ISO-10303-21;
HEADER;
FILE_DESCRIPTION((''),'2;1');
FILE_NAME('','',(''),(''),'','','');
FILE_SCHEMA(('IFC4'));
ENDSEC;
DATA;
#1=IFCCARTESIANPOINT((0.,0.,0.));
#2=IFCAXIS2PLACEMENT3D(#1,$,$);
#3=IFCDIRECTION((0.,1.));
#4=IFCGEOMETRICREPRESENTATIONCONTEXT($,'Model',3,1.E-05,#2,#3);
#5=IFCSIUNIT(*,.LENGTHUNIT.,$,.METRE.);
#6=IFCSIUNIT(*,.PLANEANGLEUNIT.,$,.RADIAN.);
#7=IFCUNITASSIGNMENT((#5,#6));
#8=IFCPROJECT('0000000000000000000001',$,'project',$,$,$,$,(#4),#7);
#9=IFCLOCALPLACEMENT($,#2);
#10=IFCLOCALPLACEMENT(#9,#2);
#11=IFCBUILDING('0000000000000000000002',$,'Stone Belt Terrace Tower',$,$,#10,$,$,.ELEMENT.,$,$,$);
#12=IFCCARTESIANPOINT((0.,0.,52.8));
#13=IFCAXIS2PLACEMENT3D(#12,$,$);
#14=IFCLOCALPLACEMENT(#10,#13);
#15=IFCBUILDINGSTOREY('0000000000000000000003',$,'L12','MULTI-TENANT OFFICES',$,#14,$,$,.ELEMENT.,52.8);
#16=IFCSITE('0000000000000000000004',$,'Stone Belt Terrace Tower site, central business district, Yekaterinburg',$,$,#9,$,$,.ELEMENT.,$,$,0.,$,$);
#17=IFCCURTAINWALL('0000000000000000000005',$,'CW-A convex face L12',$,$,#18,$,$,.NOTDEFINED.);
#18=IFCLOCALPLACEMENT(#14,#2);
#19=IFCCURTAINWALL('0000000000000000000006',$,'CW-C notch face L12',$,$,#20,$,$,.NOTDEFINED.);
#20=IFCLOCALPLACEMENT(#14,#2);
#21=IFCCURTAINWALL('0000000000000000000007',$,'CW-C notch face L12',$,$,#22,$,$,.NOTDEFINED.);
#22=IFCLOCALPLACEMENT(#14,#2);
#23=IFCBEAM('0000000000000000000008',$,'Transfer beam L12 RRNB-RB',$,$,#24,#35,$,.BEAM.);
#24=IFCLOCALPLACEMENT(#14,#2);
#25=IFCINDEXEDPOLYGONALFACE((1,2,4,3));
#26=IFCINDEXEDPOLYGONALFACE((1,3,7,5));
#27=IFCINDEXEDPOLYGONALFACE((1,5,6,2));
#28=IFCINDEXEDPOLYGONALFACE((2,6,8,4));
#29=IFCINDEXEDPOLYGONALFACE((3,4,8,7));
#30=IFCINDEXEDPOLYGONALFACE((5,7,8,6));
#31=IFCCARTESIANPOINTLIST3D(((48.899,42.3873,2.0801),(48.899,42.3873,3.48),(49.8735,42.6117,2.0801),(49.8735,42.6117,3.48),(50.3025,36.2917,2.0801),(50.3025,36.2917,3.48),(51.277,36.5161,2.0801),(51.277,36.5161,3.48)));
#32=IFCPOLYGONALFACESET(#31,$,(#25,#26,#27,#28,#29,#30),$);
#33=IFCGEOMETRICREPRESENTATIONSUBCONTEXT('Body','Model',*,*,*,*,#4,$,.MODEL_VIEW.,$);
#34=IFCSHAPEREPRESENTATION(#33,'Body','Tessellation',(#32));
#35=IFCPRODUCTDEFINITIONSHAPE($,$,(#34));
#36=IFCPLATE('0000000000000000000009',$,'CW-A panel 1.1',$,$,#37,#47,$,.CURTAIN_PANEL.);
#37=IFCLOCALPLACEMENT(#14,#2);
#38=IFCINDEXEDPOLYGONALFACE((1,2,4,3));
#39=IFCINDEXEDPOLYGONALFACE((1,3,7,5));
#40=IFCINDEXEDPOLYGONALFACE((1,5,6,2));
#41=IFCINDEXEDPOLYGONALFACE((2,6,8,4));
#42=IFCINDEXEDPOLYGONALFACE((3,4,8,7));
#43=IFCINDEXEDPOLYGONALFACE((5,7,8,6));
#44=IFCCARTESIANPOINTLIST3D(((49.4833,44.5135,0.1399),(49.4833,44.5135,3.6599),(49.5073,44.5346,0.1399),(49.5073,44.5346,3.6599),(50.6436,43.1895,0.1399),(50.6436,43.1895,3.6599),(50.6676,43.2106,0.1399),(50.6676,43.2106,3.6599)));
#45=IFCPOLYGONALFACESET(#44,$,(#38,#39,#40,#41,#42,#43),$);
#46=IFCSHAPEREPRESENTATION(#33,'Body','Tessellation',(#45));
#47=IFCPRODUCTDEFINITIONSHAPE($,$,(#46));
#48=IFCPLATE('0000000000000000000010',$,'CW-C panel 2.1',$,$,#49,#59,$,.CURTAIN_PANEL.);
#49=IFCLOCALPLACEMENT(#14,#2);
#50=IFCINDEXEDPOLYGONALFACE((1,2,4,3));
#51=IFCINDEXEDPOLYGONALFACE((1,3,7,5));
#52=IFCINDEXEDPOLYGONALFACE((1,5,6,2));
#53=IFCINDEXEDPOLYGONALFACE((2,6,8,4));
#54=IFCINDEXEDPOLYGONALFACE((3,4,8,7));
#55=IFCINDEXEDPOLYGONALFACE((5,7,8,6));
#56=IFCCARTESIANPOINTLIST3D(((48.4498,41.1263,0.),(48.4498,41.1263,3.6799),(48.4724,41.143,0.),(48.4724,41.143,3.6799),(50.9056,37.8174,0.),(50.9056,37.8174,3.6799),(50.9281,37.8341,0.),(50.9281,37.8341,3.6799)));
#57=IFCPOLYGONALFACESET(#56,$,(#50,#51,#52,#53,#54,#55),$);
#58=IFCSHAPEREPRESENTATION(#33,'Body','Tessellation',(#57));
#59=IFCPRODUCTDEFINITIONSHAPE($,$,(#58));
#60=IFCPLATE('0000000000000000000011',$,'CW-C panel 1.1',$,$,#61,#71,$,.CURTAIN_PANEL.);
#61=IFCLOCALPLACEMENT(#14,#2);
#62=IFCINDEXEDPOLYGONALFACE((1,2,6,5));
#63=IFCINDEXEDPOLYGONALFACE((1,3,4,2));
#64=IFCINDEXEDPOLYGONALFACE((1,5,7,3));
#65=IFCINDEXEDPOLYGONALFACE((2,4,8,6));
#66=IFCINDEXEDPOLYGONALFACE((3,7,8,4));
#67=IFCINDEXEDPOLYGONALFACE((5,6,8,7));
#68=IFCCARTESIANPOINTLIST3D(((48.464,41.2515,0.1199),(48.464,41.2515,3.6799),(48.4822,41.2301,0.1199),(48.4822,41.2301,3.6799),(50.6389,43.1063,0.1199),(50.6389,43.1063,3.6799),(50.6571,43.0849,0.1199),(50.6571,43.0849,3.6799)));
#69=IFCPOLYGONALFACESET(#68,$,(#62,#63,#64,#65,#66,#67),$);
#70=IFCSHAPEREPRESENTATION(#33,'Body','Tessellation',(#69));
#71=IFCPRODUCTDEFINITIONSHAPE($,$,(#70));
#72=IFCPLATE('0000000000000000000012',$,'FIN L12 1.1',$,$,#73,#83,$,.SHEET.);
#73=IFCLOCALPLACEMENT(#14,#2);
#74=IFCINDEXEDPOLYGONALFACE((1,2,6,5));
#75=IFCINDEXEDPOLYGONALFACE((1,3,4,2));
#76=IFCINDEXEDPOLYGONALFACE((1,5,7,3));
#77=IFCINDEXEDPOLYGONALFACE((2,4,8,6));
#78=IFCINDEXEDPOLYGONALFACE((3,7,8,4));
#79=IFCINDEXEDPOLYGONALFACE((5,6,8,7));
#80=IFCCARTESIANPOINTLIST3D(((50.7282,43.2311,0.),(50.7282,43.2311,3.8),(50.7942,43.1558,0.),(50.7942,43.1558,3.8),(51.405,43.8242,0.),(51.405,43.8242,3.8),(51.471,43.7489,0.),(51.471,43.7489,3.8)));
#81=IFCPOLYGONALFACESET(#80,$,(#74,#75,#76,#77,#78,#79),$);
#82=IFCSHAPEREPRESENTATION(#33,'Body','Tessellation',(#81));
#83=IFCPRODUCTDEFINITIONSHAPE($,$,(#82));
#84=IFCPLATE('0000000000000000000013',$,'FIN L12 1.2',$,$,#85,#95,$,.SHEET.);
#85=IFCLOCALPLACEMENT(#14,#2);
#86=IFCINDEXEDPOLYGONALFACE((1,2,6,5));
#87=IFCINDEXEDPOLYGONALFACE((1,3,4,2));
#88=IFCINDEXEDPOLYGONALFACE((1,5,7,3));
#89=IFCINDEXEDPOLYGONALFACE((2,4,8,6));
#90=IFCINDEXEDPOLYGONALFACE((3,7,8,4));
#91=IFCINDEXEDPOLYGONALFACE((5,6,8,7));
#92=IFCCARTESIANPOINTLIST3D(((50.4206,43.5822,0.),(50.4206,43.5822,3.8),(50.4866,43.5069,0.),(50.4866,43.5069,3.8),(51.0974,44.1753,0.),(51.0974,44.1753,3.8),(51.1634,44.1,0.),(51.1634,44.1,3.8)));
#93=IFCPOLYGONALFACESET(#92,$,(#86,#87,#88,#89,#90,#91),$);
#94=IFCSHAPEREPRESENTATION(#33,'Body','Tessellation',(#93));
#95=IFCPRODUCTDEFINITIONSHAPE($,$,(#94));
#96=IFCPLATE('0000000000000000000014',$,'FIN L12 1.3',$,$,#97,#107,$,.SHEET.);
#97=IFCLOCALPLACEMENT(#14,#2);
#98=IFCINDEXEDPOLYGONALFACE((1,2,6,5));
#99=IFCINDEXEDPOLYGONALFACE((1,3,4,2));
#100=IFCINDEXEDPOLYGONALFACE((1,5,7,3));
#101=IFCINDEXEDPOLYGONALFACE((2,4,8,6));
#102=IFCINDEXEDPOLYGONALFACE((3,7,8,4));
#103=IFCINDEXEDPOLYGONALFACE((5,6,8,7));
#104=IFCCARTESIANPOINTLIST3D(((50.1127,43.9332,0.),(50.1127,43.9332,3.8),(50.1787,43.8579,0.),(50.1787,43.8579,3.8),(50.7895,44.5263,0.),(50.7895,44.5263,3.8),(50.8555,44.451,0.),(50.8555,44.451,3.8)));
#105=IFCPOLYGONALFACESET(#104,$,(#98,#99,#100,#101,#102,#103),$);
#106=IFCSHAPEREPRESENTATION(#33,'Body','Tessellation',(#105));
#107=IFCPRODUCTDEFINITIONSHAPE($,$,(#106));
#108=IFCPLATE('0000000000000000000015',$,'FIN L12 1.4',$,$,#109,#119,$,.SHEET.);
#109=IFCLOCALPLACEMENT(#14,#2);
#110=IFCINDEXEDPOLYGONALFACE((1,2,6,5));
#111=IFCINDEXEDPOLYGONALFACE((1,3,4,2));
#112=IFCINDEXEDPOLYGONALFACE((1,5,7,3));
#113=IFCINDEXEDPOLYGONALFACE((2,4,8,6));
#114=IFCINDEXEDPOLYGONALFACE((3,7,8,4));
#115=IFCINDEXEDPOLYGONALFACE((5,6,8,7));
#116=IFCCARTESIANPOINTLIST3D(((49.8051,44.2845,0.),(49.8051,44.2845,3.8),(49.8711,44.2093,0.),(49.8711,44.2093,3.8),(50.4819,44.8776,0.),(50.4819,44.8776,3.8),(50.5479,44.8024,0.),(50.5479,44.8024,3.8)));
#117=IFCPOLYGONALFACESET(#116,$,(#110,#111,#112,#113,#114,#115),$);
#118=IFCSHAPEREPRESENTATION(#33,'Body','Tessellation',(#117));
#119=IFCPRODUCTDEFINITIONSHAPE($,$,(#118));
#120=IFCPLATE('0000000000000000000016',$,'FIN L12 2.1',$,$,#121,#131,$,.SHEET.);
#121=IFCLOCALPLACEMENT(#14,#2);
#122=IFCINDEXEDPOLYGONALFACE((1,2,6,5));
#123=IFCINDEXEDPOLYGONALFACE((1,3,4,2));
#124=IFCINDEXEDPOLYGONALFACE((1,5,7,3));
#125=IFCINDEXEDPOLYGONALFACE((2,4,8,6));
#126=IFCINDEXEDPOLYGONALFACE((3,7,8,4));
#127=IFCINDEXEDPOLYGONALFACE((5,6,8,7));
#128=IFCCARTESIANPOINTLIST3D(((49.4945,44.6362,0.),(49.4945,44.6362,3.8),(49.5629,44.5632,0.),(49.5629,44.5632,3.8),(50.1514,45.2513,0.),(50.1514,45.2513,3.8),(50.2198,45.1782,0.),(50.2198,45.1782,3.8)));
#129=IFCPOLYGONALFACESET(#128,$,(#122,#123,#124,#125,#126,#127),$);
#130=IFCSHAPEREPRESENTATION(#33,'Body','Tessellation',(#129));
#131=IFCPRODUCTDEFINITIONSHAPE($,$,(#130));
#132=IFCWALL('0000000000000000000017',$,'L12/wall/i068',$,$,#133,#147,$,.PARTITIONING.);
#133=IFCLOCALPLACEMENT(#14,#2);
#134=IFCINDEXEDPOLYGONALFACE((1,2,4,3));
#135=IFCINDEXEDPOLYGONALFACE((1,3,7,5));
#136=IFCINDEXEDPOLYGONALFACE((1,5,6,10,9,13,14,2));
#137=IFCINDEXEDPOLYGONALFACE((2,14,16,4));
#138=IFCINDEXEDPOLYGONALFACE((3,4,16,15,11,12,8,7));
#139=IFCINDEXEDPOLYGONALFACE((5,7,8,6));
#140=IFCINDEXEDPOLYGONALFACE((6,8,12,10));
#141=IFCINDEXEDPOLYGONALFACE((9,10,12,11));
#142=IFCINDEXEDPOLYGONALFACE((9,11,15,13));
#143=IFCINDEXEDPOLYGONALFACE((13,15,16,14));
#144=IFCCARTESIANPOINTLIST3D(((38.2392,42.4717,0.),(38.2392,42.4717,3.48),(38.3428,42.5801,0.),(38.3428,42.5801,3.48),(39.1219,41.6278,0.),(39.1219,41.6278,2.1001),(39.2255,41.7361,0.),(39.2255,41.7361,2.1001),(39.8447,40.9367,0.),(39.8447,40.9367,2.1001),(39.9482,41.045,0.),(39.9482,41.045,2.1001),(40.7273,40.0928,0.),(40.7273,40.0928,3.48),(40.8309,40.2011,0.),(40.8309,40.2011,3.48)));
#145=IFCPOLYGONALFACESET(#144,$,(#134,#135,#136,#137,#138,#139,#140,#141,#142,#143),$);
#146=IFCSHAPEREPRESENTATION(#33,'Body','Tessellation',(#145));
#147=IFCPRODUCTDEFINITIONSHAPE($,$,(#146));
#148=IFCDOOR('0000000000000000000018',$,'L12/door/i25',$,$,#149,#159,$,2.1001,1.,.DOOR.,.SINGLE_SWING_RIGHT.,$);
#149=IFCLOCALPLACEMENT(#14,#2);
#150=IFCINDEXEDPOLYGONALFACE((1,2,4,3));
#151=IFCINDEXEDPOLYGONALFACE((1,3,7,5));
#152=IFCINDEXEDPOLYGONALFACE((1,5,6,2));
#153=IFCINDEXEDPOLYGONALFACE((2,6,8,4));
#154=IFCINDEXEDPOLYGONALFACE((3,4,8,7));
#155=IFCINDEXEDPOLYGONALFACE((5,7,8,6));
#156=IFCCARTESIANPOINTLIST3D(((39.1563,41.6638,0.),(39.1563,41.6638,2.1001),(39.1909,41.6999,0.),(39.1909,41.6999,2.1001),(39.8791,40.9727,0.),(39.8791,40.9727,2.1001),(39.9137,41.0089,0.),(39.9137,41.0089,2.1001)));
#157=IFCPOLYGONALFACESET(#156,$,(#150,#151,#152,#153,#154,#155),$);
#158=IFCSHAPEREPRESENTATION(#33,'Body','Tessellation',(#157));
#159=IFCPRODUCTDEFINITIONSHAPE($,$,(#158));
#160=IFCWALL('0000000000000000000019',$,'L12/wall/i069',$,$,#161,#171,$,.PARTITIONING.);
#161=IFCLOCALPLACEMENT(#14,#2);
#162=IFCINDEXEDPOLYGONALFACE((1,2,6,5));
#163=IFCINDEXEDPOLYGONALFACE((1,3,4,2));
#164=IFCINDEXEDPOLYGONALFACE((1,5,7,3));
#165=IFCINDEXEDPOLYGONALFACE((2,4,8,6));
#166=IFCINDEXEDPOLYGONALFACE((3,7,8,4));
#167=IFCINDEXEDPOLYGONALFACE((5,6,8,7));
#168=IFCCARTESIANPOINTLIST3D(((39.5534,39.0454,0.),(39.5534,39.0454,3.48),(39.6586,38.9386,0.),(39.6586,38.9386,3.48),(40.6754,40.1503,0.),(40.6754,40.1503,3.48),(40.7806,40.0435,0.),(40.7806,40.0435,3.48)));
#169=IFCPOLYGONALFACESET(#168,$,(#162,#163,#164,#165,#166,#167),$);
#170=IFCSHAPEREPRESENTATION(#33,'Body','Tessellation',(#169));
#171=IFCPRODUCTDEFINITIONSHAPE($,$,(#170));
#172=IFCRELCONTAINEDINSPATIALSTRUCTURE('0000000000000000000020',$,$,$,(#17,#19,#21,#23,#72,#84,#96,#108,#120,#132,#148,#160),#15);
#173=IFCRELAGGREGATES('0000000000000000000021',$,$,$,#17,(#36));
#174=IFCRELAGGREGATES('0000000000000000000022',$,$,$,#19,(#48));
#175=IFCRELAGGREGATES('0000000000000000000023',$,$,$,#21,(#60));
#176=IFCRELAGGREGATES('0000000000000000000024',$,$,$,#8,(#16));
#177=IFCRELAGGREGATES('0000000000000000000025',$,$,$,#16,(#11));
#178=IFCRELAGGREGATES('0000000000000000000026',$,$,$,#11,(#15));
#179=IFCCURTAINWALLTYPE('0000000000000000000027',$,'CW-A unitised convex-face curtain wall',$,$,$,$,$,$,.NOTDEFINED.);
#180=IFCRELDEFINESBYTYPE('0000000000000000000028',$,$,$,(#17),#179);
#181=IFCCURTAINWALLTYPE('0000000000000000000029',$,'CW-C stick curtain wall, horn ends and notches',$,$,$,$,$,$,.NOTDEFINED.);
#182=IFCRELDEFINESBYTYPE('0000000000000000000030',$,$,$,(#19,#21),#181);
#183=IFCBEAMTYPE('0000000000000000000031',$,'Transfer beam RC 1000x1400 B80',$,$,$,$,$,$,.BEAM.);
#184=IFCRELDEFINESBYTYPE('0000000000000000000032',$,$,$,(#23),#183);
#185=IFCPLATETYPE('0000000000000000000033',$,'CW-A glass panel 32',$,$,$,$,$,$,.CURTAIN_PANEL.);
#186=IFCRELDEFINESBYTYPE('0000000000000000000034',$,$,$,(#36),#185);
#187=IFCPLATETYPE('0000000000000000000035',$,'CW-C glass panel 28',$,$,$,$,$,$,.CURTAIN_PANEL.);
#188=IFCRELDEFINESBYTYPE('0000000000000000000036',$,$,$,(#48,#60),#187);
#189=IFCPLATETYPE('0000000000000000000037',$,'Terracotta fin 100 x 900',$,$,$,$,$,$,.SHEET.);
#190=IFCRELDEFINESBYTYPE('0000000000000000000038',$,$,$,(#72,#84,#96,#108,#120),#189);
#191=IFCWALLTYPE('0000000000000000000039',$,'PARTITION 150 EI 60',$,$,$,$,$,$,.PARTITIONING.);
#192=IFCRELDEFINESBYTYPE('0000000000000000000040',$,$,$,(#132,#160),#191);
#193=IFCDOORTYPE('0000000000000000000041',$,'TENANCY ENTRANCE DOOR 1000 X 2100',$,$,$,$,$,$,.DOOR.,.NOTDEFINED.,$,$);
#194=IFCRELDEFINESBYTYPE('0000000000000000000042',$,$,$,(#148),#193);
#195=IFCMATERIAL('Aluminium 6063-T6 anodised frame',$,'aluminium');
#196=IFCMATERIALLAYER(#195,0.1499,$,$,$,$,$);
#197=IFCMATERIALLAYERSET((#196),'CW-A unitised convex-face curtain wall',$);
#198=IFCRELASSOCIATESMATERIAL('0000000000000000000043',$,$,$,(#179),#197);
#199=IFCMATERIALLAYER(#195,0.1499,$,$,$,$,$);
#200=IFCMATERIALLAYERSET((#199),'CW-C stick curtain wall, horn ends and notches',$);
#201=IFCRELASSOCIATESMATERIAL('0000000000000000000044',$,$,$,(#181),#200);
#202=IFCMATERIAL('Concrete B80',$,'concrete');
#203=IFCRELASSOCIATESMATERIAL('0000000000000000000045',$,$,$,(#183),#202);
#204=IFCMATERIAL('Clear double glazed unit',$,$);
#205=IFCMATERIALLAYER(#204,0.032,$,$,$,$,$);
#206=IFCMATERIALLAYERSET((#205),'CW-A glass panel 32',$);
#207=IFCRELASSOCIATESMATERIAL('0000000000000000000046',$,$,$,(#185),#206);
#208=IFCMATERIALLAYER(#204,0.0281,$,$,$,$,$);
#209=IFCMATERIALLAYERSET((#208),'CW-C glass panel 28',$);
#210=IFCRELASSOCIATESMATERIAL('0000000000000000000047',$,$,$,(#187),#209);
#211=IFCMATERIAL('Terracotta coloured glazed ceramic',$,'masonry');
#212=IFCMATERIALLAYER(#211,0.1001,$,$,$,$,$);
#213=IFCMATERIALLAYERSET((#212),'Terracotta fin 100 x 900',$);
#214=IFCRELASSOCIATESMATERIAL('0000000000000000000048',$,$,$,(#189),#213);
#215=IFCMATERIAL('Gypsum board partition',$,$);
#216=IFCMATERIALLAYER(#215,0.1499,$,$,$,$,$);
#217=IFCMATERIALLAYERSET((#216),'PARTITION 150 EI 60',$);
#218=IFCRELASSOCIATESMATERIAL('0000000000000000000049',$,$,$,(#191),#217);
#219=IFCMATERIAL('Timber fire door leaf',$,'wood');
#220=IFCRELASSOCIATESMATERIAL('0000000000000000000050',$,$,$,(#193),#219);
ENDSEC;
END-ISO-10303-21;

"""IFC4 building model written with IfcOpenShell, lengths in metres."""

from ifc_helpers import new_model, si_unit, direction, frame, frame_2d, origin, origin_2d, place, context, subcontext, project, spatial, rectangle, extrude, material, layer, layer_set, material_profile, profile_set, type_object, element, fill, aggregate, save


model = new_model("IFC4")

# Units and contexts
model_context = context("Model", 3, precision=1e-05, world=origin(), true_north=direction((0.0, 1.0)))
body_context = subcontext(model_context, "Body", "Model", "MODEL_VIEW")
ifc_project = project(units=[si_unit("LENGTHUNIT", "METRE"), si_unit("PLANEANGLEUNIT", "RADIAN")], contexts=[model_context])

# Site, building, storey
site_placement = place(None, origin())
site = spatial("IfcSite", under=ifc_project, at=site_placement, Name="Stone Belt Terrace Tower site, central business district, Yekaterinburg", CompositionType="ELEMENT", RefElevation=0.0)
building_placement = place(site_placement, origin())
building = spatial("IfcBuilding", under=site, at=building_placement, Name="Stone Belt Terrace Tower", CompositionType="ELEMENT")
storey_placement = place(building_placement, frame((0.0, 0.0, 52.8)))
storey = spatial("IfcBuildingStorey", under=building, at=storey_placement, Name="L12", Description="MULTI-TENANT OFFICES", CompositionType="ELEMENT", Elevation=52.8)

# Shared definitions
ifc_material_1 = material(Name="Concrete B80", Category="concrete")

# Curtain wall
ifc_material_2 = material(Name="Aluminium 6063-T6 anodised frame", Category="aluminium")
ifc_layer_1 = layer(ifc_material_2, 0.1499)
ifc_layer_set_1 = layer_set([ifc_layer_1], Name="CW-A unitised convex-face curtain wall")
curtain_wall_type_1 = type_object("IfcCurtainWallType", Name="CW-A unitised convex-face curtain wall", PredefinedType="NOTDEFINED", material=ifc_layer_set_1)
curtain_wall_1_placement = place(storey_placement, origin())
curtain_wall_1 = element("IfcCurtainWall", 1, at=curtain_wall_1_placement, inside=storey, type_object=curtain_wall_type_1, Name="CW-A convex face L12", PredefinedType="NOTDEFINED")

# Curtain walls
ifc_layer_2 = layer(ifc_material_2, 0.1499)
ifc_layer_set_2 = layer_set([ifc_layer_2], Name="CW-C stick curtain wall, horn ends and notches")
curtain_wall_type_2 = type_object("IfcCurtainWallType", Name="CW-C stick curtain wall, horn ends and notches", PredefinedType="NOTDEFINED", material=ifc_layer_set_2)
curtain_wall_2_placement = place(storey_placement, origin())
curtain_wall_2 = element("IfcCurtainWall", 2, at=curtain_wall_2_placement, inside=storey, type_object=curtain_wall_type_2, Name="CW-C notch face L12", PredefinedType="NOTDEFINED")
curtain_wall_3_placement = place(storey_placement, origin())
curtain_wall_3 = element("IfcCurtainWall", 3, at=curtain_wall_3_placement, inside=storey, type_object=curtain_wall_type_2, Name="CW-C notch face L12", PredefinedType="NOTDEFINED")

# Beam
ifc_material_profile_1 = material_profile(ifc_material_1, rectangle(XDim=1.0, YDim=1.3999, at=origin_2d()), Name="RC 1000x1400")
ifc_profile_set_1 = profile_set([ifc_material_profile_1], Name="Concrete B80")
beam_type = type_object("IfcBeamType", Name="Transfer beam RC 1000x1400 B80", PredefinedType="BEAM", material=ifc_profile_set_1)
beam_placement = place(storey_placement, frame((49.3862, 42.4995, 2.78), z_axis=(0.224383, -0.974501, 0.0), x_axis=(0.974501, 0.224383, 0.0)))
element("IfcBeam", 4, at=beam_placement, inside=storey, type_object=beam_type, Name="Transfer beam L12 RRNB-RB", PredefinedType="BEAM", context=body_context, shape_type="SweptSolid", body=[
    extrude(rectangle(XDim=1.0, YDim=1.3999, at=origin_2d()), origin(), (0.0, 0.0, 1.0), 6.2551),
])

# Plates
ifc_material_3 = material(Name="Clear double glazed unit")
ifc_layer_3 = layer(ifc_material_3, 0.032)
ifc_layer_set_3 = layer_set([ifc_layer_3], Name="CW-A glass panel 32")
plate_type_1 = type_object("IfcPlateType", Name="CW-A glass panel 32", PredefinedType="CURTAIN_PANEL", material=ifc_layer_set_3)
plate_1_placement = place(storey_placement, frame((50.0754, 43.8621, 0.1399), z_axis=(0.0, 0.0, 1.0), x_axis=(-0.659074, 0.752078, 0.0)))
plate_1 = element("IfcPlate", 5, at=plate_1_placement, type_object=plate_type_1, Name="CW-A panel 1.1", PredefinedType="CURTAIN_PANEL", context=body_context, shape_type="SweptSolid", body=[
    extrude(rectangle(XDim=1.7605, YDim=0.032, at=origin_2d()), origin(), (0.0, 0.0, 1.0), 3.52),
])
aggregate(curtain_wall_1, [plate_1])
ifc_layer_4 = layer(ifc_material_3, 0.0281)
ifc_layer_set_4 = layer_set([ifc_layer_4], Name="CW-C glass panel 28")
plate_type_2 = type_object("IfcPlateType", Name="CW-C glass panel 28", PredefinedType="CURTAIN_PANEL", material=ifc_layer_set_4)
plate_2_placement = place(storey_placement, frame((49.689, 39.4802, 0.0), z_axis=(0.0, 0.0, 1.0), x_axis=(-0.595964, 0.803011, 0.0)))
plate_2 = element("IfcPlate", 6, at=plate_2_placement, type_object=plate_type_2, Name="CW-C panel 2.1", PredefinedType="CURTAIN_PANEL", context=body_context, shape_type="SweptSolid", body=[
    extrude(rectangle(XDim=4.1206, YDim=0.0281, at=origin_2d()), origin(), (0.0, 0.0, 1.0), 3.6799),
])
aggregate(curtain_wall_2, [plate_2])
plate_3_placement = place(storey_placement, frame((49.5605, 42.1682, 0.1199), z_axis=(0.0, 0.0, 1.0), x_axis=(0.760876, 0.648898, 0.0)))
plate_3 = element("IfcPlate", 7, at=plate_3_placement, type_object=plate_type_2, Name="CW-C panel 1.1", PredefinedType="CURTAIN_PANEL", context=body_context, shape_type="SweptSolid", body=[
    extrude(rectangle(XDim=2.8584, YDim=0.0281, at=origin_2d()), origin(), (0.0, 0.0, 1.0), 3.5601),
])
aggregate(curtain_wall_3, [plate_3])

# Plates
ifc_material_4 = material(Name="Terracotta coloured glazed ceramic", Category="masonry")
ifc_layer_5 = layer(ifc_material_4, 0.1001)
ifc_layer_set_5 = layer_set([ifc_layer_5], Name="Terracotta fin 100 x 900")
plate_type_3 = type_object("IfcPlateType", Name="Terracotta fin 100 x 900", PredefinedType="SHEET", material=ifc_layer_set_5)
for number, where, z_axis, x_axis, name in (
    (8, (51.0996, 43.49, 0.0), (0.0, 0.0, 1.0), (0.752078, 0.659074, 0.0), "FIN L12 1.1"),
    (9, (50.792, 43.8411, 0.0), (0.0, 0.0, 1.0), (0.752078, 0.659074, 0.0), "FIN L12 1.2"),
    (10, (50.4841, 44.1921, 0.0), (0.0, 0.0, 1.0), (0.752078, 0.659074, 0.0), "FIN L12 1.3"),
    (11, (50.1765, 44.5435, 0.0), (0.0, 0.0, 1.0), (0.752078, 0.659074, 0.0), "FIN L12 1.4"),
    (12, (49.8572, 44.9072, 0.0), (0.0, 0.0, 1.0), (0.729988, 0.68346, 0.0), "FIN L12 2.1"),
):
    element("IfcPlate", number, at=place(storey_placement, frame(where, z_axis=z_axis, x_axis=x_axis)), inside=storey, type_object=plate_type_3, Name=name, PredefinedType="SHEET", context=body_context, shape_type="SweptSolid", body=[
        extrude(rectangle(XDim=0.8999, YDim=0.1001, at=origin_2d()), origin(), (0.0, 0.0, 1.0), 3.8),
    ])

# Wall, opening, door
ifc_material_5 = material(Name="Gypsum board partition")
ifc_layer_6 = layer(ifc_material_5, 0.1499)
ifc_layer_set_6 = layer_set([ifc_layer_6], Name="PARTITION 150 EI 60")
wall_type = type_object("IfcWallType", Name="PARTITION 150 EI 60", PredefinedType="PARTITIONING", material=ifc_layer_set_6)
wall_1_placement = place(storey_placement, frame((38.291, 42.5259, 0.0), z_axis=(0.0, 0.0, 1.0), x_axis=(0.72278, -0.691078, 0.0)))
wall_1 = element("IfcWall", 13, at=wall_1_placement, inside=storey, type_object=wall_type, Name="L12/wall/i068", PredefinedType="PARTITIONING", context=body_context, shape_type="SweptSolid", body=[
    extrude(rectangle(XDim=3.4424, YDim=0.1499, at=frame_2d((1.7212, 0.0))), origin(), (0.0, 0.0, 1.0), 3.48),
])
opening_1_placement = place(wall_1_placement, frame((1.2212, 0.0, 0.0)))
opening_1 = element("IfcOpeningElement", 14, at=opening_1_placement, cuts=wall_1, PredefinedType="OPENING", context=body_context, shape_type="SweptSolid", body=[
    extrude(rectangle(XDim=1.0, YDim=2.1001, at=frame_2d((0.5, 1.05))), frame((0.0, 0.085, 0.0), z_axis=(0.0, -1.0, 0.0), x_axis=(1.0, 0.0, 0.0)), (0.0, 0.0, 1.0), 0.1699),
])
ifc_material_6 = material(Name="Timber fire door leaf", Category="wood")
door_type_1 = type_object("IfcDoorType", Name="TENANCY ENTRANCE DOOR 1000 X 2100", OperationType="NOTDEFINED", PredefinedType="DOOR", material=ifc_material_6)
door_1_placement = place(opening_1_placement, origin())
door_1 = element("IfcDoor", 15, at=door_1_placement, inside=storey, type_object=door_type_1, Name="L12/door/i25", OperationType="SINGLE_SWING_RIGHT", OverallHeight=2.1001, OverallWidth=1.0, PredefinedType="DOOR", context=body_context, shape_type="SweptSolid", body=[
    extrude(rectangle(XDim=1.0, YDim=2.1001, at=frame_2d((0.5, 1.05))), frame((0.0, 0.0249, 0.0), z_axis=(0.0, -1.0, 0.0), x_axis=(1.0, 0.0, 0.0)), (0.0, 0.0, 1.0), 0.05),
])
fill(opening_1, door_1)

# Wall
wall_2_placement = place(storey_placement, frame((40.728, 40.0969, 0.0), z_axis=(0.0, 0.0, 1.0), x_axis=(-0.712512, -0.70166, 0.0)))
element("IfcWall", 16, at=wall_2_placement, inside=storey, type_object=wall_type, Name="L12/wall/i069", PredefinedType="PARTITIONING", context=body_context, shape_type="SweptSolid", body=[
    extrude(rectangle(XDim=1.5747, YDim=0.1499, at=frame_2d((0.7874, 0.0))), origin(), (0.0, 0.0, 1.0), 3.48),
])

save(model, "model.ifc")
